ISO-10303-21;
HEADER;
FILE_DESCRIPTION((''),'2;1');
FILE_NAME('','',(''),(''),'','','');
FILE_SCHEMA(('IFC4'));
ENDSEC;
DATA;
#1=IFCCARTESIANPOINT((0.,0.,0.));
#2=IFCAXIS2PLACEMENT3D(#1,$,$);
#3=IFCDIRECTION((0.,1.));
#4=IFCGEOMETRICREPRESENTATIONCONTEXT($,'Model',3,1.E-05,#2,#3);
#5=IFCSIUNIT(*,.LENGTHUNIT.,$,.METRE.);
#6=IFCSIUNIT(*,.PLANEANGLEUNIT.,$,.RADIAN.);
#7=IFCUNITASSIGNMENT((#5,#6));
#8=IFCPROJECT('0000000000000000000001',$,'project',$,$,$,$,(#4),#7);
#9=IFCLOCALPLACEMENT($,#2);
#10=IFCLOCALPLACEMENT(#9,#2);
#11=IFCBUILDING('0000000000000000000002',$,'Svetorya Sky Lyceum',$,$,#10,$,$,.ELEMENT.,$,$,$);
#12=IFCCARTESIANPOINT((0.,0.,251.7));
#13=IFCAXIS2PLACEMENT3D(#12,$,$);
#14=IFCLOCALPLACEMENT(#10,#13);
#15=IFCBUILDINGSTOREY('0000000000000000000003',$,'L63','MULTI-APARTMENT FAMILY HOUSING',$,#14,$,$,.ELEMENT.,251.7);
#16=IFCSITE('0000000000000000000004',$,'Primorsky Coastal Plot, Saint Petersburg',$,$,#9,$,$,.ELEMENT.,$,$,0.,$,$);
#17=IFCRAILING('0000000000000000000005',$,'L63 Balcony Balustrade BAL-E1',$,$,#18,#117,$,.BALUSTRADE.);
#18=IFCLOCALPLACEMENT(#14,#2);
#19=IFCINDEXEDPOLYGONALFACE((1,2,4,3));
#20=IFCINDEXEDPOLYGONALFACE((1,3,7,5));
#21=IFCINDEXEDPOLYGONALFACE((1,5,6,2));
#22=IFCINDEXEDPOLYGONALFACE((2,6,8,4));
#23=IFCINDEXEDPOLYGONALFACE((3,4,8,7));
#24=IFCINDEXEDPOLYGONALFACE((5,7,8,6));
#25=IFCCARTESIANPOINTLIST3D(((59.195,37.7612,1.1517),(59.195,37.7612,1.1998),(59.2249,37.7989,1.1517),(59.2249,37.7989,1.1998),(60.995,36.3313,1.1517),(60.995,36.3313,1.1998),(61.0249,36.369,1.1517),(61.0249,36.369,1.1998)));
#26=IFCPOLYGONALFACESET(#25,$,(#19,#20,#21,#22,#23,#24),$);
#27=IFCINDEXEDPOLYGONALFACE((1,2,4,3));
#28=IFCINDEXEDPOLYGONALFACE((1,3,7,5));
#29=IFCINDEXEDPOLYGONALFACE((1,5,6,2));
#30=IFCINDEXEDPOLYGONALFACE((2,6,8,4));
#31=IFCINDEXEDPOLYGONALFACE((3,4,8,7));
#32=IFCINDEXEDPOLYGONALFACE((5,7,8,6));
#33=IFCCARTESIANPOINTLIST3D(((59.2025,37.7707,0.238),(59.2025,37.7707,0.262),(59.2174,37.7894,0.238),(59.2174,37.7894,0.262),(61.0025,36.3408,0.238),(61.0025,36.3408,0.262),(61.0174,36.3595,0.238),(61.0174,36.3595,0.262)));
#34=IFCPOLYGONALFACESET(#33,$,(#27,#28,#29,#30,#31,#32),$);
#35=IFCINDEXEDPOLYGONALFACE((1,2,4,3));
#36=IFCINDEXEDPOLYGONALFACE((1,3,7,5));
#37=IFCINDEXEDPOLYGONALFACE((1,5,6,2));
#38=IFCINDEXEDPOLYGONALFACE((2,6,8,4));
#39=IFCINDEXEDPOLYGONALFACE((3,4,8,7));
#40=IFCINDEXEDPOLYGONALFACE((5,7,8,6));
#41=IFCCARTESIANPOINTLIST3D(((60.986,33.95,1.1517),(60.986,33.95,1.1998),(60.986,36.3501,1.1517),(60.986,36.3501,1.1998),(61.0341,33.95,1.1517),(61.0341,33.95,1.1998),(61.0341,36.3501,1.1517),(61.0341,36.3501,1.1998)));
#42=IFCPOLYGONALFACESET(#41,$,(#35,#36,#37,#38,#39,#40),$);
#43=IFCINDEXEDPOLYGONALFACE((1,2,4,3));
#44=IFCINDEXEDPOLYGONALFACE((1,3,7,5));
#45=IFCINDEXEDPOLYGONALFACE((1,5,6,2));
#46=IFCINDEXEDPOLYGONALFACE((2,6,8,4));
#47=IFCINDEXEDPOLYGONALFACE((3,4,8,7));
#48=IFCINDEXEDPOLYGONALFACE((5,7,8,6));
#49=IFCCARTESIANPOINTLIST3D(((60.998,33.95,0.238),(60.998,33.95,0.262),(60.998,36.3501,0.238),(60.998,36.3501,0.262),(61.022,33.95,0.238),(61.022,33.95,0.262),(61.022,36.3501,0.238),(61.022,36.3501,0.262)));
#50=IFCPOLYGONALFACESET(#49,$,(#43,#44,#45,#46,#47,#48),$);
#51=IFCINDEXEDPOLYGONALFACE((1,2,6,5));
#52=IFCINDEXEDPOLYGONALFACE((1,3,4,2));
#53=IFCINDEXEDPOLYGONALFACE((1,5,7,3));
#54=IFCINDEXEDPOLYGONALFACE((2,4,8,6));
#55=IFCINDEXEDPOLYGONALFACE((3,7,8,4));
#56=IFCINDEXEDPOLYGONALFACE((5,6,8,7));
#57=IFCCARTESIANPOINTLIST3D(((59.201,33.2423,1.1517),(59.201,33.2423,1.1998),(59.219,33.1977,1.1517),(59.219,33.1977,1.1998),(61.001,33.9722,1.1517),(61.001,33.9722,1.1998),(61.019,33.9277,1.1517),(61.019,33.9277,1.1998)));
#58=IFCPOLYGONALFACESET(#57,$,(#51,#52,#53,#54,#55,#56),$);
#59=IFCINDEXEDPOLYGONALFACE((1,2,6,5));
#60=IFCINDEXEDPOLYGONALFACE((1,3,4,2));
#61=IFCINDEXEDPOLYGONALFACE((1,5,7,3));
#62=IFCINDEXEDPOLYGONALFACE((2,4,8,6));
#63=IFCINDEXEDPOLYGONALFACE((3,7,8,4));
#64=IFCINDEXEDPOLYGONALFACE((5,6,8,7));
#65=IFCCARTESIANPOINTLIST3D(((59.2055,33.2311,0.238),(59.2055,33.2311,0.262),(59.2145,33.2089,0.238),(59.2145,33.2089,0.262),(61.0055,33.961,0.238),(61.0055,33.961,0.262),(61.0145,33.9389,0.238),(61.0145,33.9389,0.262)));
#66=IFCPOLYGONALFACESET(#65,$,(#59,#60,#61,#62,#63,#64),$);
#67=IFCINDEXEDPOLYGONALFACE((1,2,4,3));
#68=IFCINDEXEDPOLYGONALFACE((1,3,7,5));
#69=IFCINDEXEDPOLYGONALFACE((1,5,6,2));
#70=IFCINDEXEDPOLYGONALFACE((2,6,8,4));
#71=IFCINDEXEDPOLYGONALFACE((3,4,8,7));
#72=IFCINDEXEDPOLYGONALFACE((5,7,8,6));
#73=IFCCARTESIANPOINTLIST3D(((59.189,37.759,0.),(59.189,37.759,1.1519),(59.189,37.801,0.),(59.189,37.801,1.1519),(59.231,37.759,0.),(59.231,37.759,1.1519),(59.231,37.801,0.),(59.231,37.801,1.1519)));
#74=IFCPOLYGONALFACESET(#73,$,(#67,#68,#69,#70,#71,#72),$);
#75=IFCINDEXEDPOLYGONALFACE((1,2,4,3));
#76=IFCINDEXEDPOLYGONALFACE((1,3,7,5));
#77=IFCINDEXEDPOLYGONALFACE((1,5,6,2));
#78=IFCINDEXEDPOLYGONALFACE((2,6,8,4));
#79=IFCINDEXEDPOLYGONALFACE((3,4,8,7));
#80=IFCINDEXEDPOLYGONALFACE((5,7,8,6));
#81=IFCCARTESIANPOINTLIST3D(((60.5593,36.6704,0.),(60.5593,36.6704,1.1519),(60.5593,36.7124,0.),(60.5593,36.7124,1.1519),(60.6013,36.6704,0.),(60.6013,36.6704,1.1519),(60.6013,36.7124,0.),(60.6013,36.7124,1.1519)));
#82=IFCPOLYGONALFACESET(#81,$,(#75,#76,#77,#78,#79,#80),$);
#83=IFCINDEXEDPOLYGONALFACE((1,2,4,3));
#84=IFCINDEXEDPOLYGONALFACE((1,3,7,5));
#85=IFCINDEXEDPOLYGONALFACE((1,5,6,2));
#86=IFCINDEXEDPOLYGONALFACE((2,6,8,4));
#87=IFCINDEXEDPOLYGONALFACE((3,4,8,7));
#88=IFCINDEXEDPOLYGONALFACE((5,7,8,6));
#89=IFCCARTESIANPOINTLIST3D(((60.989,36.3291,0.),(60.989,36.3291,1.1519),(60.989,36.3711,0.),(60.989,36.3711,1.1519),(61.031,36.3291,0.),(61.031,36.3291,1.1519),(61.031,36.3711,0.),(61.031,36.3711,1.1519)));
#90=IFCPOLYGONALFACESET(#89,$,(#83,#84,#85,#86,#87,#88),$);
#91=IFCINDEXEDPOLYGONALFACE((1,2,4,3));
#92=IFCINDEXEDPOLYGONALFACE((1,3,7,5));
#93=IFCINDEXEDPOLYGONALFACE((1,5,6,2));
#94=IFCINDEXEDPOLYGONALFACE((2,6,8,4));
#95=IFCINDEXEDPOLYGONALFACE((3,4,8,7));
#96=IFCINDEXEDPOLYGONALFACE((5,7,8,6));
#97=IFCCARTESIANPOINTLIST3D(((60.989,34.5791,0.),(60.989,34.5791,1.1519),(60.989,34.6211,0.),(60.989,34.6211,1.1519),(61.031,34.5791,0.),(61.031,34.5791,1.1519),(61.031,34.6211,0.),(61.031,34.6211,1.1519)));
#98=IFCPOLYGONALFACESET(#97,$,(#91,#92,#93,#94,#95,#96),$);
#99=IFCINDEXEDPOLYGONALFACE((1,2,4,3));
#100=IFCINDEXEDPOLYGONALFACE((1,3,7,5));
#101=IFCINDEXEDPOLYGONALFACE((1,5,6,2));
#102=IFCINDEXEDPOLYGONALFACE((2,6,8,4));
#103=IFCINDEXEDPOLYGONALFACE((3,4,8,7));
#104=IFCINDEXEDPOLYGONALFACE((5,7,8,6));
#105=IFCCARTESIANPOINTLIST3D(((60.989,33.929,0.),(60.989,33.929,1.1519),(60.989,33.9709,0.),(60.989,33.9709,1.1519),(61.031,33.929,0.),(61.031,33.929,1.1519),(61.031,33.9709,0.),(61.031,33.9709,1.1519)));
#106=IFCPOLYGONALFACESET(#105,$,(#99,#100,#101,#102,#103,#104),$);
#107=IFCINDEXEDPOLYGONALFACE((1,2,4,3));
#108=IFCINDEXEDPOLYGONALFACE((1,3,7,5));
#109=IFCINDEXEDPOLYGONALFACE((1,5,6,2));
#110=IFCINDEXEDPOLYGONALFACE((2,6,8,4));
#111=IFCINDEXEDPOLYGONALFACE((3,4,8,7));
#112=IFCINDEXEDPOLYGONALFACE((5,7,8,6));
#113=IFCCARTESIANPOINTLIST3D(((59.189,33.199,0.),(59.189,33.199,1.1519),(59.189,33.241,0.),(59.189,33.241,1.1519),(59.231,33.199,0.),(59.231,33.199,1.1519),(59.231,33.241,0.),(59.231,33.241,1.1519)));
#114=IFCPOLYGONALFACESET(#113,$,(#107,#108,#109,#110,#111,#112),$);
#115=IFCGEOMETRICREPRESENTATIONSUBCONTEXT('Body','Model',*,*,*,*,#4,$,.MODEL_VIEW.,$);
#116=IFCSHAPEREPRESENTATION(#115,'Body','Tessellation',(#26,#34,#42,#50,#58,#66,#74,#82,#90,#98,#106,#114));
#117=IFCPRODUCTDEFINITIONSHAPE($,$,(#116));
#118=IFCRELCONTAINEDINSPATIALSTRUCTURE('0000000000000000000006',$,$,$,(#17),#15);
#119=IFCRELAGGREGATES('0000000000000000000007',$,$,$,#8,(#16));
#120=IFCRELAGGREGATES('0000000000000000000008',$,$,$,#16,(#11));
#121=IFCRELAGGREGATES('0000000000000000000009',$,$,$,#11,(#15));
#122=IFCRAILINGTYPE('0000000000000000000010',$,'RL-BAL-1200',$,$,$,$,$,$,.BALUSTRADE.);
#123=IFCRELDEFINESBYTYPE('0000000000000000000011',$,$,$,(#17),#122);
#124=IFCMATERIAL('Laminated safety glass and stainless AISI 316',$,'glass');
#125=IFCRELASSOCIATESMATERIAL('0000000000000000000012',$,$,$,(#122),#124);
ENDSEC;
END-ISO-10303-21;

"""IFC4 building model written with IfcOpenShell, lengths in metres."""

from ifc_helpers import new_model, si_unit, direction, frame, origin, origin_2d, place, context, subcontext, project, spatial, rectangle, extrude, material, type_object, element, save


model = new_model("IFC4")

# Units and contexts
model_context = context("Model", 3, precision=1e-05, world=origin(), true_north=direction((0.0, 1.0)))
body_context = subcontext(model_context, "Body", "Model", "MODEL_VIEW")
ifc_project = project(units=[si_unit("LENGTHUNIT", "METRE"), si_unit("PLANEANGLEUNIT", "RADIAN")], contexts=[model_context])

# Site, building, storey
site_placement = place(None, origin())
site = spatial("IfcSite", under=ifc_project, at=site_placement, Name="Primorsky Coastal Plot, Saint Petersburg", CompositionType="ELEMENT", RefElevation=0.0)
building_placement = place(site_placement, origin())
building = spatial("IfcBuilding", under=site, at=building_placement, Name="Svetorya Sky Lyceum", CompositionType="ELEMENT")
storey_placement = place(building_placement, frame((0.0, 0.0, 251.7)))
storey = spatial("IfcBuildingStorey", under=building, at=storey_placement, Name="L63", Description="MULTI-APARTMENT FAMILY HOUSING", CompositionType="ELEMENT", Elevation=251.7)

# Railing
ifc_material_1 = material(Name="Laminated safety glass and stainless AISI 316", Category="glass")
railing_type = type_object("IfcRailingType", Name="RL-BAL-1200", PredefinedType="BALUSTRADE", material=ifc_material_1)
railing_placement = place(storey_placement, frame((59.21, 37.78, 0.0)))
element("IfcRailing", 1, at=railing_placement, inside=storey, type_object=railing_type, Name="L63 Balcony Balustrade BAL-E1", PredefinedType="BALUSTRADE", context=body_context, shape_type="SweptSolid", body=[
    extrude(rectangle(XDim=0.0481, YDim=0.0481, at=origin_2d()), frame((0.0, 0.0, 1.1758), z_axis=(0.783009, -0.62201, 0.0), x_axis=(0.62201, 0.783009, 0.0)), (0.0, 0.0, 1.0), 2.2988),
    extrude(rectangle(XDim=0.0239, YDim=0.0239, at=origin_2d()), frame((0.0, 0.0, 0.25), z_axis=(0.783009, -0.62201, 0.0), x_axis=(0.62201, 0.783009, 0.0)), (0.0, 0.0, 1.0), 2.2988),
    extrude(rectangle(XDim=0.0481, YDim=0.0481, at=origin_2d()), frame((1.8, -1.4299, 1.1758), z_axis=(0.0, -1.0, 0.0), x_axis=(1.0, 0.0, 0.0)), (0.0, 0.0, 1.0), 2.4001),
    extrude(rectangle(XDim=0.0239, YDim=0.0239, at=origin_2d()), frame((1.8, -1.4299, 0.25), z_axis=(0.0, -1.0, 0.0), x_axis=(1.0, 0.0, 0.0)), (0.0, 0.0, 1.0), 2.4001),
    extrude(rectangle(XDim=0.0481, YDim=0.0481, at=origin_2d()), frame((1.8, -3.8301, 1.1758), z_axis=(-0.926698, -0.375807, 0.0), x_axis=(0.375807, -0.926698, 0.0)), (0.0, 0.0, 1.0), 1.9424),
    extrude(rectangle(XDim=0.0239, YDim=0.0239, at=origin_2d()), frame((1.8, -3.8301, 0.25), z_axis=(-0.926698, -0.375807, 0.0), x_axis=(0.375807, -0.926698, 0.0)), (0.0, 0.0, 1.0), 1.9424),
    extrude(rectangle(XDim=0.042, YDim=0.042, at=origin_2d()), origin(), (0.0, 0.0, 1.0), 1.1519),
    extrude(rectangle(XDim=0.042, YDim=0.042, at=origin_2d()), frame((1.3704, -1.0886, 0.0)), (0.0, 0.0, 1.0), 1.1519),
    extrude(rectangle(XDim=0.042, YDim=0.042, at=origin_2d()), frame((1.8, -1.4299, 0.0)), (0.0, 0.0, 1.0), 1.1519),
    extrude(rectangle(XDim=0.042, YDim=0.042, at=origin_2d()), frame((1.8, -3.1799, 0.0)), (0.0, 0.0, 1.0), 1.1519),
    extrude(rectangle(XDim=0.042, YDim=0.042, at=origin_2d()), frame((1.8, -3.8301, 0.0)), (0.0, 0.0, 1.0), 1.1519),
    extrude(rectangle(XDim=0.042, YDim=0.042, at=origin_2d()), frame((0.0, -4.5601, 0.0)), (0.0, 0.0, 1.0), 1.1519),
])

save(model, "model.ifc")
